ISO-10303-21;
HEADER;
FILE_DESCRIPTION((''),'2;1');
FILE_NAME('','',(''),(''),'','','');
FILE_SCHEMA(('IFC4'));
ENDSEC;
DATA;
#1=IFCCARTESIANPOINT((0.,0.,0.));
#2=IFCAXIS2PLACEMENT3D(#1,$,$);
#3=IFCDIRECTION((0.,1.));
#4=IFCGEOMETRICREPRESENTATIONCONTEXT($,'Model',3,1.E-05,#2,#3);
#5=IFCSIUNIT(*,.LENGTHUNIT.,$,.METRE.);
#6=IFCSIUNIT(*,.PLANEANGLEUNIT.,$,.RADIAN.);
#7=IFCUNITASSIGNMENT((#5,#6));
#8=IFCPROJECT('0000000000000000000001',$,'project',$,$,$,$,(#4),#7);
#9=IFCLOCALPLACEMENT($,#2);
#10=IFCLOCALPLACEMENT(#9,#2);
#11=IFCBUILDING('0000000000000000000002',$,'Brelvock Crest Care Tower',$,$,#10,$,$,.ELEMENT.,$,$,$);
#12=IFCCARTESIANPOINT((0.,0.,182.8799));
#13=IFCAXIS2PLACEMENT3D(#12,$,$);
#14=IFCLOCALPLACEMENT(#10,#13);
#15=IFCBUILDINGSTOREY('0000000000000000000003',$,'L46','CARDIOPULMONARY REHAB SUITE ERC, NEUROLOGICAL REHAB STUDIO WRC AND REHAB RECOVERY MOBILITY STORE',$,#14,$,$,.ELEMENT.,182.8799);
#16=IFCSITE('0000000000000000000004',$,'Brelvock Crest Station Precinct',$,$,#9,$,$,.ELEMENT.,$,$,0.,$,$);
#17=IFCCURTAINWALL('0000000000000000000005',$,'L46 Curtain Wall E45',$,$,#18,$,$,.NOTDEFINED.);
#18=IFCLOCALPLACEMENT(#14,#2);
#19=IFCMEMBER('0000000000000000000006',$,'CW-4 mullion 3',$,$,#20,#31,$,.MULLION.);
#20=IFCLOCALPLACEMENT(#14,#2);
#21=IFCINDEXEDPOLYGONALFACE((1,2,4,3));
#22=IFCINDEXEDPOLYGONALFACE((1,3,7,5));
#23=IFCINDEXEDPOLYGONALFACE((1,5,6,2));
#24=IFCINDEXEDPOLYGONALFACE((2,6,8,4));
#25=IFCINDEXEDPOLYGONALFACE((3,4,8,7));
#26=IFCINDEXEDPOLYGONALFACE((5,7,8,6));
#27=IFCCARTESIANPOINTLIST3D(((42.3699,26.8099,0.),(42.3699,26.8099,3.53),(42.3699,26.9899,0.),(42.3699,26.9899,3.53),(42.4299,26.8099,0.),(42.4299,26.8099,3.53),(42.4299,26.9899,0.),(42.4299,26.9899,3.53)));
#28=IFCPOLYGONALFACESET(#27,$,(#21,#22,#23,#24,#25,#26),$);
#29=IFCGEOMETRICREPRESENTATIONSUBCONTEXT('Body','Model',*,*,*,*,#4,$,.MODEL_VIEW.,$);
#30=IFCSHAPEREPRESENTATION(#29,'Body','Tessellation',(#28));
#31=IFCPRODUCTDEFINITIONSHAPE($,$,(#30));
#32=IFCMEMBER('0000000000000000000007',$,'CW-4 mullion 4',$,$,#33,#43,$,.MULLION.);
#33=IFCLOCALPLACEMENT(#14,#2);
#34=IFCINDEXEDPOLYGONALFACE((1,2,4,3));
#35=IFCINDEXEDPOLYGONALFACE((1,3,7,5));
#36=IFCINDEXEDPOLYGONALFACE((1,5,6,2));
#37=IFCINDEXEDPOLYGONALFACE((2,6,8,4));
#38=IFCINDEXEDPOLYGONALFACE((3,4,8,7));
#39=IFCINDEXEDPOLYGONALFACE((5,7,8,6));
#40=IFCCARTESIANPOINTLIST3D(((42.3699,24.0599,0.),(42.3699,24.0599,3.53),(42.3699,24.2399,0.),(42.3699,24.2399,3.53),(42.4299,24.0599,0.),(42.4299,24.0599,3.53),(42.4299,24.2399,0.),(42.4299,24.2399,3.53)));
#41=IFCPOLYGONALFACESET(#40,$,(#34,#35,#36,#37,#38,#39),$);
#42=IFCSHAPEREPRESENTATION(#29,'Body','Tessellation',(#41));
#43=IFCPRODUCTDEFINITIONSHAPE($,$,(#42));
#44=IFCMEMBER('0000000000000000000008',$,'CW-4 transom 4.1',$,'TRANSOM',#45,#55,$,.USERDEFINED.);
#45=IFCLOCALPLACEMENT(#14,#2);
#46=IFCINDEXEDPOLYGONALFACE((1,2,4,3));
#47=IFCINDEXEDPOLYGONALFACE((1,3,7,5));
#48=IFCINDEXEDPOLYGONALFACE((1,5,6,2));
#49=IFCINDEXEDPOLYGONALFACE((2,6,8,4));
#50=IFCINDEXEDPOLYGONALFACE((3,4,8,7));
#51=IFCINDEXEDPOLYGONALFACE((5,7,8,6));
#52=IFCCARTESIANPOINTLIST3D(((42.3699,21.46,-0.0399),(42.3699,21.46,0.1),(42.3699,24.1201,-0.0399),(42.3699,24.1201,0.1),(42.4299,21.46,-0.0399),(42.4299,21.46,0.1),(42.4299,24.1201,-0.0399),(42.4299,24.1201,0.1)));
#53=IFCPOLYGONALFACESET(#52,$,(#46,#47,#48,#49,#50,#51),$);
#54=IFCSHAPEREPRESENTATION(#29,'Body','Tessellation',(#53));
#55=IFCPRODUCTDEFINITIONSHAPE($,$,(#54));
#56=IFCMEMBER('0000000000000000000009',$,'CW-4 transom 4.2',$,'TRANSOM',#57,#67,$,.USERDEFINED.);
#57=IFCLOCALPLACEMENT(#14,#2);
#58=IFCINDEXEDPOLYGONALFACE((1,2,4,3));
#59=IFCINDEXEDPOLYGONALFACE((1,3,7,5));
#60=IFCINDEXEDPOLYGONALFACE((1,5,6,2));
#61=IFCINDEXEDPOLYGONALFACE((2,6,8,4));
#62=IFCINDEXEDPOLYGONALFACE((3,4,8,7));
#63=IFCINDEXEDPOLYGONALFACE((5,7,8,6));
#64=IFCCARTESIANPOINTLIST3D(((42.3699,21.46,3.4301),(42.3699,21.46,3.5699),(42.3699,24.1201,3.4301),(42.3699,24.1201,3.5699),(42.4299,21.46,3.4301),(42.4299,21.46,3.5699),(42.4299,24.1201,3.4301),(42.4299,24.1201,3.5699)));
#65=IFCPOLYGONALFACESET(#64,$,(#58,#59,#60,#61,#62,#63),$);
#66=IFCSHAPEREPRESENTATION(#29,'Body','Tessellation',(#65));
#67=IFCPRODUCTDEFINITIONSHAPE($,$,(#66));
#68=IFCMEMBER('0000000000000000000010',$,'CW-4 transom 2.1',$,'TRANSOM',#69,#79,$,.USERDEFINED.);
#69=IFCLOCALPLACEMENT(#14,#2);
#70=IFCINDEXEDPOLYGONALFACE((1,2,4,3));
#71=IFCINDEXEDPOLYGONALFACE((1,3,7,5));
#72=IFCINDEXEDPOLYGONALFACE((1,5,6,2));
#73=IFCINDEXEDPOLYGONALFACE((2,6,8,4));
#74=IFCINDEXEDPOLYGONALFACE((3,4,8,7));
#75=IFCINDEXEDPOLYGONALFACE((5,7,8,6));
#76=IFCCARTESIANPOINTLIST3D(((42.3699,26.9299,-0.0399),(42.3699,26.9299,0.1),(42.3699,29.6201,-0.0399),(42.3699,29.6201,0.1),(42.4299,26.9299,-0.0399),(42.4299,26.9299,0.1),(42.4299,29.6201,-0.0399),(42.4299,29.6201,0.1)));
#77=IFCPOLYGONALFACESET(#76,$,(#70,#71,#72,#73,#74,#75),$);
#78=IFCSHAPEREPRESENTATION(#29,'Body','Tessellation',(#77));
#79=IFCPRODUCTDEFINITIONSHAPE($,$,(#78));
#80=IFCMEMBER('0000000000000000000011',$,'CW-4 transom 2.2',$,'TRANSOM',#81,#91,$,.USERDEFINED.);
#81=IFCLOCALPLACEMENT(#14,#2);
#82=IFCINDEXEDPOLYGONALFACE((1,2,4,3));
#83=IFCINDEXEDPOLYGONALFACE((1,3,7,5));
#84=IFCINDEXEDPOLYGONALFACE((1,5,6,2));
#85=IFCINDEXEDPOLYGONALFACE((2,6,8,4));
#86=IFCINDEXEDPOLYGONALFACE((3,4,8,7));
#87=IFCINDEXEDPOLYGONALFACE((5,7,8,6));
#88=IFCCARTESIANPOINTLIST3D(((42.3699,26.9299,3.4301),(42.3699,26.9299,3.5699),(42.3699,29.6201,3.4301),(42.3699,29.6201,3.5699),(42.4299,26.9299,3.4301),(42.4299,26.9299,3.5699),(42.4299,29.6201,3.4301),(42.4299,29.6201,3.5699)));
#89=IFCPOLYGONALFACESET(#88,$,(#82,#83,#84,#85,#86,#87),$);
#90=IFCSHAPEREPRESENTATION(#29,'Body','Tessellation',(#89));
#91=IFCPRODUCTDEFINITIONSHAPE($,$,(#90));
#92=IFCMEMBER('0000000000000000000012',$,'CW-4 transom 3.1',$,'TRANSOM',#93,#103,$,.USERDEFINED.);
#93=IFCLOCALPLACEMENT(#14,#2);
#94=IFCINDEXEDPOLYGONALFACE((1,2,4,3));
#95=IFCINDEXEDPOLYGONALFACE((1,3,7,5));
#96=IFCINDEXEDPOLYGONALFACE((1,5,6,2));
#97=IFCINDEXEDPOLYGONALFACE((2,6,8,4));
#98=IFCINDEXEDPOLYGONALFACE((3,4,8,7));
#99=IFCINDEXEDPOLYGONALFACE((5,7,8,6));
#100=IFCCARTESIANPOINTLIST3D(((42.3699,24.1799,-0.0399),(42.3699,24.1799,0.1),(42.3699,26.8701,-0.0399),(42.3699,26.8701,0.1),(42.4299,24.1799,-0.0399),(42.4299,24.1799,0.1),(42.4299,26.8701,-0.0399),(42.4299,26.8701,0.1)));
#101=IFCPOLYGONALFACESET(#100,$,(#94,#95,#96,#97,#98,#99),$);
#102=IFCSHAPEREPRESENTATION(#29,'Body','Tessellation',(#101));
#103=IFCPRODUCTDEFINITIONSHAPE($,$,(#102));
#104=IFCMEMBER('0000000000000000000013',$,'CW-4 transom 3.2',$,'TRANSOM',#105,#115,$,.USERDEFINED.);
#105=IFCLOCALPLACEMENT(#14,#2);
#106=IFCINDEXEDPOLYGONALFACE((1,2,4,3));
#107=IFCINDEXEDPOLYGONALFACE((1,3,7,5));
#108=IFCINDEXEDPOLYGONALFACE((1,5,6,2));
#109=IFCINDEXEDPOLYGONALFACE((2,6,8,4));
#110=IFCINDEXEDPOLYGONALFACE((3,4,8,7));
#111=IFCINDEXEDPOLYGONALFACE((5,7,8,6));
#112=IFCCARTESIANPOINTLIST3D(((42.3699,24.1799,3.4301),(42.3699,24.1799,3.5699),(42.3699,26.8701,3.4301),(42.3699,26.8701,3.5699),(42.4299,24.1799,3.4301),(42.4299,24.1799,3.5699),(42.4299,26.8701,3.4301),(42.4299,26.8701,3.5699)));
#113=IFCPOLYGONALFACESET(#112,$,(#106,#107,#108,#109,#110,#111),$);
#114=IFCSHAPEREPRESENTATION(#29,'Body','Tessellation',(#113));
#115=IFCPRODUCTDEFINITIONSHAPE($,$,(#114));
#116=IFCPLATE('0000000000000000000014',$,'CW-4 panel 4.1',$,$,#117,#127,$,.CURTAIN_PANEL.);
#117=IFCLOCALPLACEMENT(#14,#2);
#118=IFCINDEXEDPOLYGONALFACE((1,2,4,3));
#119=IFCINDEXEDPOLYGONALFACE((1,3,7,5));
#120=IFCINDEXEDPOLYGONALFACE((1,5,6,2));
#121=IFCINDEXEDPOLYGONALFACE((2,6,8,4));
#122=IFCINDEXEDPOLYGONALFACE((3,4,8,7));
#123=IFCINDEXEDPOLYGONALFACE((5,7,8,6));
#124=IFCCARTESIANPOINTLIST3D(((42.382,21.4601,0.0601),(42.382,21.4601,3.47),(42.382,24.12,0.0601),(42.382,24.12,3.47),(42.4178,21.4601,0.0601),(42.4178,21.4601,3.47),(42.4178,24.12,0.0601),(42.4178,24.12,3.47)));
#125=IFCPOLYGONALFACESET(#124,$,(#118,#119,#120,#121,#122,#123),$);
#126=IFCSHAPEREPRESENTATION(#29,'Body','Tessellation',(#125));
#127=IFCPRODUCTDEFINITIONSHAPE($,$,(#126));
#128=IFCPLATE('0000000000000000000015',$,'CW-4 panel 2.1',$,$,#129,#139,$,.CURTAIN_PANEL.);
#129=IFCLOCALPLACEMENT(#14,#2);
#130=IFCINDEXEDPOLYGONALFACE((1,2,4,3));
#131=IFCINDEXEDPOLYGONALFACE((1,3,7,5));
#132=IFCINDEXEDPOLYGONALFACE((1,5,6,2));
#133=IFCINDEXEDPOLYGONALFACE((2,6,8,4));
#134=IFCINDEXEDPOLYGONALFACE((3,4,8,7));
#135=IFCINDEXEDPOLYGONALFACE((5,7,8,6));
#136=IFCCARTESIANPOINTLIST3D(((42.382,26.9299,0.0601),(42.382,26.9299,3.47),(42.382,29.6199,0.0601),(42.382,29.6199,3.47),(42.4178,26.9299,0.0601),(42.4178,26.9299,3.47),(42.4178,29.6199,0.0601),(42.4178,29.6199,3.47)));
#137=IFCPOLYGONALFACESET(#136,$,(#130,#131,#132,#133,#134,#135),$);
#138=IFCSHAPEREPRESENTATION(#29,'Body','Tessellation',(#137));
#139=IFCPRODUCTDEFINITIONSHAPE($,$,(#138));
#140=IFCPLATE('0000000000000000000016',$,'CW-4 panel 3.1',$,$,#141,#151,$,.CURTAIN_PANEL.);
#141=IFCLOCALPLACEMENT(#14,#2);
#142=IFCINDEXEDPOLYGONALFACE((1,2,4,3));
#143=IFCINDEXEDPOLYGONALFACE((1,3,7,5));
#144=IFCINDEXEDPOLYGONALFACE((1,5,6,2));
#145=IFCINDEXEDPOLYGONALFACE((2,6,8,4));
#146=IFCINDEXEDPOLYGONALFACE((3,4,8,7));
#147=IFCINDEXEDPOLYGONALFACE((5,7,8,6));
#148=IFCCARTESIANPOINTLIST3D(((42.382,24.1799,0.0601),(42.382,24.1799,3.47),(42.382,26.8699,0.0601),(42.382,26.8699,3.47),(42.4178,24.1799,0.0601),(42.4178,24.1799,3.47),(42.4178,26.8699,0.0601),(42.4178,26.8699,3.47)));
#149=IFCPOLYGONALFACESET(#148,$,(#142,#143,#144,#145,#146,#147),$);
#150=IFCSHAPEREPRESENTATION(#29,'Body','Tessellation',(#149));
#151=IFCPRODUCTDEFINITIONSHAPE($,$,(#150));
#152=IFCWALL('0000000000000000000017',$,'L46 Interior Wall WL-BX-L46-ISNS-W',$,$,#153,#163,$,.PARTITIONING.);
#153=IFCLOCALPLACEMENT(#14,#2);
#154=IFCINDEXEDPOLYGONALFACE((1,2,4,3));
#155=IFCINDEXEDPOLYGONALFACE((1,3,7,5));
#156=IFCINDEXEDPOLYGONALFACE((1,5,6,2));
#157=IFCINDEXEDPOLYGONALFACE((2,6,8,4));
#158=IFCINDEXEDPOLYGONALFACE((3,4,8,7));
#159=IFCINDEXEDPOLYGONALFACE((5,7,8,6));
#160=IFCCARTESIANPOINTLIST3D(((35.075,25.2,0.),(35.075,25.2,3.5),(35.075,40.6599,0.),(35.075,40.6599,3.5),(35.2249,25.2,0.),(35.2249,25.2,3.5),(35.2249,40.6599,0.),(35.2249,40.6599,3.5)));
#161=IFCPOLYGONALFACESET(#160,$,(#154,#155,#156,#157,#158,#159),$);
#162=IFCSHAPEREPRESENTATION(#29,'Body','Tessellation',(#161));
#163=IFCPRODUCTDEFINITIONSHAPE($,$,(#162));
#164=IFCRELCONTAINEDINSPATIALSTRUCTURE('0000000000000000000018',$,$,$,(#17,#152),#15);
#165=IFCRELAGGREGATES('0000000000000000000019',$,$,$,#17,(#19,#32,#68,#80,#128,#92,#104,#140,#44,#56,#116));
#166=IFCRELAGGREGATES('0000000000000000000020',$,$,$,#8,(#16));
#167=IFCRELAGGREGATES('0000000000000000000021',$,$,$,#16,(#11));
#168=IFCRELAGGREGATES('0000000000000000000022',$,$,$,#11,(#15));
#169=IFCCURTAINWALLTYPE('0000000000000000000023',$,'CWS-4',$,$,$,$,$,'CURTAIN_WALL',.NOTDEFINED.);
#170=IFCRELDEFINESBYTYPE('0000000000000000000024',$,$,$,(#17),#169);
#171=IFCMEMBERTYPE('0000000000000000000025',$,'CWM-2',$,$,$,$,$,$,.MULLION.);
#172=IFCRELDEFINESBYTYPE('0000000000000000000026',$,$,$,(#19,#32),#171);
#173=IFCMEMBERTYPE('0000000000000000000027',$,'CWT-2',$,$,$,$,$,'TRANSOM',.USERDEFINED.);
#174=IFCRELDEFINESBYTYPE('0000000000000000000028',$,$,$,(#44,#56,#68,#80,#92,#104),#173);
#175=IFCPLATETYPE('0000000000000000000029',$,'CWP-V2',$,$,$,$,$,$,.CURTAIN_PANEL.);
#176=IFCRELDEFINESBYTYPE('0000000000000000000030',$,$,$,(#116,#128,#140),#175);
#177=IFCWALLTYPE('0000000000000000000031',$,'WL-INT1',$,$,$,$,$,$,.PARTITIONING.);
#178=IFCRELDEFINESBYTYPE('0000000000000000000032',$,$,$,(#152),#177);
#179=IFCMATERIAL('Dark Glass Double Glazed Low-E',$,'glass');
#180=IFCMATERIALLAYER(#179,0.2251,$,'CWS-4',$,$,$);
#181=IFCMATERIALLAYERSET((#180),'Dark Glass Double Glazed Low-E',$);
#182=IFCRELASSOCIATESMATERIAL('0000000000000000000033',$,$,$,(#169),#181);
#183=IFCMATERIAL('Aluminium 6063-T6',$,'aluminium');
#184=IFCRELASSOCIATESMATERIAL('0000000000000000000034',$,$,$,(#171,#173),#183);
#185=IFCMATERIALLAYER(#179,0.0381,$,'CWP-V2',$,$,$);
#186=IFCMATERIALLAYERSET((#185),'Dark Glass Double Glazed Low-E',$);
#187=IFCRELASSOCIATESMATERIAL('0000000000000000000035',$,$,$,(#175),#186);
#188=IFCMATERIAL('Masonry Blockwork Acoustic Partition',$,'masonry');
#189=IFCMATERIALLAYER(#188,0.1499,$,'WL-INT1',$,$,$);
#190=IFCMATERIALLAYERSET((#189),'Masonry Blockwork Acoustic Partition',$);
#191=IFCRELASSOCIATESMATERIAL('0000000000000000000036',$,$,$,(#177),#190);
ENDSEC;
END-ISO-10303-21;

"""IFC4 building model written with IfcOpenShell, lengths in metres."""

from ifc_helpers import new_model, si_unit, direction, frame, frame_2d, origin, origin_2d, place, context, subcontext, project, spatial, rectangle, extrude, source, transform, mapped, material, layer, layer_set, material_profile, profile_set, type_object, element, aggregate, save


model = new_model("IFC4")

# Units and contexts
model_context = context("Model", 3, precision=1e-05, world=origin(), true_north=direction((0.0, 1.0)))
body_context = subcontext(model_context, "Body", "Model", "MODEL_VIEW")
ifc_project = project(units=[si_unit("LENGTHUNIT", "METRE"), si_unit("PLANEANGLEUNIT", "RADIAN")], contexts=[model_context])

# Site, building, storey
site_placement = place(None, origin())
site = spatial("IfcSite", under=ifc_project, at=site_placement, Name="Brelvock Crest Station Precinct", CompositionType="ELEMENT", RefElevation=0.0)
building_placement = place(site_placement, origin())
building = spatial("IfcBuilding", under=site, at=building_placement, Name="Brelvock Crest Care Tower", CompositionType="ELEMENT")
storey_placement = place(building_placement, frame((0.0, 0.0, 182.8799)))
storey = spatial("IfcBuildingStorey", under=building, at=storey_placement, Name="L46", Description="CARDIOPULMONARY REHAB SUITE ERC, NEUROLOGICAL REHAB STUDIO WRC AND REHAB RECOVERY MOBILITY STORE", CompositionType="ELEMENT", Elevation=182.8799)

# Curtain wall, members, plates
ifc_material_1 = material(Name="Dark Glass Double Glazed Low-E", Category="glass")
ifc_layer_1 = layer(ifc_material_1, 0.2251, Name="CWS-4")
ifc_layer_set_1 = layer_set([ifc_layer_1], Name="Dark Glass Double Glazed Low-E")
curtain_wall_type = type_object("IfcCurtainWallType", Name="CWS-4", ElementType="CURTAIN_WALL", PredefinedType="NOTDEFINED", material=ifc_layer_set_1)
curtain_wall_placement = place(storey_placement, origin())
curtain_wall = element("IfcCurtainWall", 1, at=curtain_wall_placement, inside=storey, type_object=curtain_wall_type, Name="L46 Curtain Wall E45", PredefinedType="NOTDEFINED")
ifc_material_2 = material(Name="Aluminium 6063-T6", Category="aluminium")
ifc_material_profile_1 = material_profile(ifc_material_2, rectangle(XDim=0.0601, YDim=0.1799, at=origin_2d()), Name="ALU60x180")
ifc_profile_set_1 = profile_set([ifc_material_profile_1], Name="Aluminium 6063-T6")
member_type_1 = type_object("IfcMemberType", Name="CWM-2", PredefinedType="MULLION", material=ifc_profile_set_1)
shared_shape_1 = source(origin(), body_context, "Body", "SweptSolid", [
    extrude(rectangle(XDim=0.0601, YDim=0.1799, at=origin_2d()), origin(), (0.0, 0.0, 1.0), 3.53),
])
member_1_placement = place(storey_placement, frame((42.3999, 26.8999, 0.0), z_axis=(0.0, 0.0, 1.0), x_axis=(1.0, 0.0, 0.0)))
member_1 = element("IfcMember", 2, at=member_1_placement, type_object=member_type_1, Name="CW-4 mullion 3", PredefinedType="MULLION", context=body_context, shape_type="MappedRepresentation", body=[
    mapped(shared_shape_1, transform((0.0, 0.0, 0.0), x_axis=(1.0, 0.0, 0.0), y_axis=(0.0, 1.0, 0.0), z_axis=(0.0, 0.0, 1.0), scale=1.0)),
])
member_2_placement = place(storey_placement, frame((42.3999, 24.1499, 0.0), z_axis=(0.0, 0.0, 1.0), x_axis=(1.0, 0.0, 0.0)))
member_2 = element("IfcMember", 3, at=member_2_placement, type_object=member_type_1, Name="CW-4 mullion 4", PredefinedType="MULLION", context=body_context, shape_type="MappedRepresentation", body=[
    mapped(shared_shape_1, transform((0.0, 0.0, 0.0), x_axis=(1.0, 0.0, 0.0), y_axis=(0.0, 1.0, 0.0), z_axis=(0.0, 0.0, 1.0), scale=1.0)),
])
ifc_material_profile_2 = material_profile(ifc_material_2, rectangle(XDim=0.0601, YDim=0.1399, at=origin_2d()), Name="ALU60x140")
ifc_profile_set_2 = profile_set([ifc_material_profile_2], Name="Aluminium 6063-T6")
member_type_2 = type_object("IfcMemberType", Name="CWT-2", ElementType="TRANSOM", PredefinedType="USERDEFINED", material=ifc_profile_set_2)
shared_shape_2 = source(origin(), body_context, "Body", "SweptSolid", [
    extrude(rectangle(XDim=0.0601, YDim=0.1399, at=origin_2d()), origin(), (0.0, 0.0, 1.0), 2.6602),
])
member_3_placement = place(storey_placement, frame((42.3999, 24.1201, 0.03), z_axis=(0.0, -1.0, 0.0), x_axis=(1.0, 0.0, 0.0)))
member_3 = element("IfcMember", 4, at=member_3_placement, type_object=member_type_2, Name="CW-4 transom 4.1", ObjectType="TRANSOM", PredefinedType="USERDEFINED", context=body_context, shape_type="MappedRepresentation", body=[
    mapped(shared_shape_2, transform((0.0, 0.0, 0.0), x_axis=(1.0, 0.0, 0.0), y_axis=(0.0, 1.0, 0.0), z_axis=(0.0, 0.0, 1.0), scale=1.0)),
])
member_4_placement = place(storey_placement, frame((42.3999, 24.1201, 3.5), z_axis=(0.0, -1.0, 0.0), x_axis=(1.0, 0.0, 0.0)))
member_4 = element("IfcMember", 5, at=member_4_placement, type_object=member_type_2, Name="CW-4 transom 4.2", ObjectType="TRANSOM", PredefinedType="USERDEFINED", context=body_context, shape_type="MappedRepresentation", body=[
    mapped(shared_shape_2, transform((0.0, 0.0, 0.0), x_axis=(1.0, 0.0, 0.0), y_axis=(0.0, 1.0, 0.0), z_axis=(0.0, 0.0, 1.0), scale=1.0)),
])
shared_shape_3 = source(origin(), body_context, "Body", "SweptSolid", [
    extrude(rectangle(XDim=0.0601, YDim=0.1399, at=origin_2d()), origin(), (0.0, 0.0, 1.0), 2.6902),
])
member_5_placement = place(storey_placement, frame((42.3999, 29.6201, 0.03), z_axis=(0.0, -1.0, 0.0), x_axis=(1.0, 0.0, 0.0)))
member_5 = element("IfcMember", 6, at=member_5_placement, type_object=member_type_2, Name="CW-4 transom 2.1", ObjectType="TRANSOM", PredefinedType="USERDEFINED", context=body_context, shape_type="MappedRepresentation", body=[
    mapped(shared_shape_3, transform((0.0, 0.0, 0.0), x_axis=(1.0, 0.0, 0.0), y_axis=(0.0, 1.0, 0.0), z_axis=(0.0, 0.0, 1.0), scale=1.0)),
])
member_6_placement = place(storey_placement, frame((42.3999, 29.6201, 3.5), z_axis=(0.0, -1.0, 0.0), x_axis=(1.0, 0.0, 0.0)))
member_6 = element("IfcMember", 7, at=member_6_placement, type_object=member_type_2, Name="CW-4 transom 2.2", ObjectType="TRANSOM", PredefinedType="USERDEFINED", context=body_context, shape_type="MappedRepresentation", body=[
    mapped(shared_shape_3, transform((0.0, 0.0, 0.0), x_axis=(1.0, 0.0, 0.0), y_axis=(0.0, 1.0, 0.0), z_axis=(0.0, 0.0, 1.0), scale=1.0)),
])
member_7_placement = place(storey_placement, frame((42.3999, 26.8701, 0.03), z_axis=(0.0, -1.0, 0.0), x_axis=(1.0, 0.0, 0.0)))
member_7 = element("IfcMember", 8, at=member_7_placement, type_object=member_type_2, Name="CW-4 transom 3.1", ObjectType="TRANSOM", PredefinedType="USERDEFINED", context=body_context, shape_type="MappedRepresentation", body=[
    mapped(shared_shape_3, transform((0.0, 0.0, 0.0), x_axis=(1.0, 0.0, 0.0), y_axis=(0.0, 1.0, 0.0), z_axis=(0.0, 0.0, 1.0), scale=1.0)),
])
member_8_placement = place(storey_placement, frame((42.3999, 26.8701, 3.5), z_axis=(0.0, -1.0, 0.0), x_axis=(1.0, 0.0, 0.0)))
member_8 = element("IfcMember", 9, at=member_8_placement, type_object=member_type_2, Name="CW-4 transom 3.2", ObjectType="TRANSOM", PredefinedType="USERDEFINED", context=body_context, shape_type="MappedRepresentation", body=[
    mapped(shared_shape_3, transform((0.0, 0.0, 0.0), x_axis=(1.0, 0.0, 0.0), y_axis=(0.0, 1.0, 0.0), z_axis=(0.0, 0.0, 1.0), scale=1.0)),
])
ifc_layer_2 = layer(ifc_material_1, 0.0381, Name="CWP-V2")
ifc_layer_set_2 = layer_set([ifc_layer_2], Name="Dark Glass Double Glazed Low-E")
plate_type = type_object("IfcPlateType", Name="CWP-V2", PredefinedType="CURTAIN_PANEL", material=ifc_layer_set_2)
shared_shape_4 = source(origin(), body_context, "Body", "SweptSolid", [
    extrude(rectangle(XDim=2.6599, YDim=0.0359, at=origin_2d()), origin(), (0.0, 0.0, 1.0), 3.4099),
])
plate_1_placement = place(storey_placement, frame((42.3999, 22.79, 0.0601), z_axis=(0.0, 0.0, 1.0), x_axis=(0.0, -1.0, 0.0)))
plate_1 = element("IfcPlate", 10, at=plate_1_placement, type_object=plate_type, Name="CW-4 panel 4.1", PredefinedType="CURTAIN_PANEL", context=body_context, shape_type="MappedRepresentation", body=[
    mapped(shared_shape_4, transform((0.0, 0.0, 0.0), x_axis=(1.0, 0.0, 0.0), y_axis=(0.0, 1.0, 0.0), z_axis=(0.0, 0.0, 1.0), scale=1.0)),
])
shared_shape_5 = source(origin(), body_context, "Body", "SweptSolid", [
    extrude(rectangle(XDim=2.6899, YDim=0.0359, at=origin_2d()), origin(), (0.0, 0.0, 1.0), 3.4099),
])
plate_2_placement = place(storey_placement, frame((42.3999, 28.2749, 0.0601), z_axis=(0.0, 0.0, 1.0), x_axis=(0.0, -1.0, 0.0)))
plate_2 = element("IfcPlate", 11, at=plate_2_placement, type_object=plate_type, Name="CW-4 panel 2.1", PredefinedType="CURTAIN_PANEL", context=body_context, shape_type="MappedRepresentation", body=[
    mapped(shared_shape_5, transform((0.0, 0.0, 0.0), x_axis=(1.0, 0.0, 0.0), y_axis=(0.0, 1.0, 0.0), z_axis=(0.0, 0.0, 1.0), scale=1.0)),
])
plate_3_placement = place(storey_placement, frame((42.3999, 25.5249, 0.0601), z_axis=(0.0, 0.0, 1.0), x_axis=(0.0, -1.0, 0.0)))
plate_3 = element("IfcPlate", 12, at=plate_3_placement, type_object=plate_type, Name="CW-4 panel 3.1", PredefinedType="CURTAIN_PANEL", context=body_context, shape_type="MappedRepresentation", body=[
    mapped(shared_shape_5, transform((0.0, 0.0, 0.0), x_axis=(1.0, 0.0, 0.0), y_axis=(0.0, 1.0, 0.0), z_axis=(0.0, 0.0, 1.0), scale=1.0)),
])
aggregate(curtain_wall, [member_1, member_2, member_5, member_6, plate_2, member_7, member_8, plate_3, member_3, member_4, plate_1])

# Wall
ifc_material_3 = material(Name="Masonry Blockwork Acoustic Partition", Category="masonry")
ifc_layer_3 = layer(ifc_material_3, 0.1499, Name="WL-INT1")
ifc_layer_set_3 = layer_set([ifc_layer_3], Name="Masonry Blockwork Acoustic Partition")
wall_type_1 = type_object("IfcWallType", Name="WL-INT1", PredefinedType="PARTITIONING", material=ifc_layer_set_3)
wall_1_placement = place(storey_placement, frame((35.1499, 25.2, 0.0), z_axis=(0.0, 0.0, 1.0), x_axis=(0.0, 1.0, 0.0)))
element("IfcWall", 13, at=wall_1_placement, inside=storey, type_object=wall_type_1, Name="L46 Interior Wall WL-BX-L46-ISNS-W", PredefinedType="PARTITIONING", context=body_context, shape_type="SweptSolid", body=[
    extrude(rectangle(XDim=15.46, YDim=0.1499, at=frame_2d((7.73, 0.0))), origin(), (0.0, 0.0, 1.0), 3.5),
])

save(model, "model.ifc")
